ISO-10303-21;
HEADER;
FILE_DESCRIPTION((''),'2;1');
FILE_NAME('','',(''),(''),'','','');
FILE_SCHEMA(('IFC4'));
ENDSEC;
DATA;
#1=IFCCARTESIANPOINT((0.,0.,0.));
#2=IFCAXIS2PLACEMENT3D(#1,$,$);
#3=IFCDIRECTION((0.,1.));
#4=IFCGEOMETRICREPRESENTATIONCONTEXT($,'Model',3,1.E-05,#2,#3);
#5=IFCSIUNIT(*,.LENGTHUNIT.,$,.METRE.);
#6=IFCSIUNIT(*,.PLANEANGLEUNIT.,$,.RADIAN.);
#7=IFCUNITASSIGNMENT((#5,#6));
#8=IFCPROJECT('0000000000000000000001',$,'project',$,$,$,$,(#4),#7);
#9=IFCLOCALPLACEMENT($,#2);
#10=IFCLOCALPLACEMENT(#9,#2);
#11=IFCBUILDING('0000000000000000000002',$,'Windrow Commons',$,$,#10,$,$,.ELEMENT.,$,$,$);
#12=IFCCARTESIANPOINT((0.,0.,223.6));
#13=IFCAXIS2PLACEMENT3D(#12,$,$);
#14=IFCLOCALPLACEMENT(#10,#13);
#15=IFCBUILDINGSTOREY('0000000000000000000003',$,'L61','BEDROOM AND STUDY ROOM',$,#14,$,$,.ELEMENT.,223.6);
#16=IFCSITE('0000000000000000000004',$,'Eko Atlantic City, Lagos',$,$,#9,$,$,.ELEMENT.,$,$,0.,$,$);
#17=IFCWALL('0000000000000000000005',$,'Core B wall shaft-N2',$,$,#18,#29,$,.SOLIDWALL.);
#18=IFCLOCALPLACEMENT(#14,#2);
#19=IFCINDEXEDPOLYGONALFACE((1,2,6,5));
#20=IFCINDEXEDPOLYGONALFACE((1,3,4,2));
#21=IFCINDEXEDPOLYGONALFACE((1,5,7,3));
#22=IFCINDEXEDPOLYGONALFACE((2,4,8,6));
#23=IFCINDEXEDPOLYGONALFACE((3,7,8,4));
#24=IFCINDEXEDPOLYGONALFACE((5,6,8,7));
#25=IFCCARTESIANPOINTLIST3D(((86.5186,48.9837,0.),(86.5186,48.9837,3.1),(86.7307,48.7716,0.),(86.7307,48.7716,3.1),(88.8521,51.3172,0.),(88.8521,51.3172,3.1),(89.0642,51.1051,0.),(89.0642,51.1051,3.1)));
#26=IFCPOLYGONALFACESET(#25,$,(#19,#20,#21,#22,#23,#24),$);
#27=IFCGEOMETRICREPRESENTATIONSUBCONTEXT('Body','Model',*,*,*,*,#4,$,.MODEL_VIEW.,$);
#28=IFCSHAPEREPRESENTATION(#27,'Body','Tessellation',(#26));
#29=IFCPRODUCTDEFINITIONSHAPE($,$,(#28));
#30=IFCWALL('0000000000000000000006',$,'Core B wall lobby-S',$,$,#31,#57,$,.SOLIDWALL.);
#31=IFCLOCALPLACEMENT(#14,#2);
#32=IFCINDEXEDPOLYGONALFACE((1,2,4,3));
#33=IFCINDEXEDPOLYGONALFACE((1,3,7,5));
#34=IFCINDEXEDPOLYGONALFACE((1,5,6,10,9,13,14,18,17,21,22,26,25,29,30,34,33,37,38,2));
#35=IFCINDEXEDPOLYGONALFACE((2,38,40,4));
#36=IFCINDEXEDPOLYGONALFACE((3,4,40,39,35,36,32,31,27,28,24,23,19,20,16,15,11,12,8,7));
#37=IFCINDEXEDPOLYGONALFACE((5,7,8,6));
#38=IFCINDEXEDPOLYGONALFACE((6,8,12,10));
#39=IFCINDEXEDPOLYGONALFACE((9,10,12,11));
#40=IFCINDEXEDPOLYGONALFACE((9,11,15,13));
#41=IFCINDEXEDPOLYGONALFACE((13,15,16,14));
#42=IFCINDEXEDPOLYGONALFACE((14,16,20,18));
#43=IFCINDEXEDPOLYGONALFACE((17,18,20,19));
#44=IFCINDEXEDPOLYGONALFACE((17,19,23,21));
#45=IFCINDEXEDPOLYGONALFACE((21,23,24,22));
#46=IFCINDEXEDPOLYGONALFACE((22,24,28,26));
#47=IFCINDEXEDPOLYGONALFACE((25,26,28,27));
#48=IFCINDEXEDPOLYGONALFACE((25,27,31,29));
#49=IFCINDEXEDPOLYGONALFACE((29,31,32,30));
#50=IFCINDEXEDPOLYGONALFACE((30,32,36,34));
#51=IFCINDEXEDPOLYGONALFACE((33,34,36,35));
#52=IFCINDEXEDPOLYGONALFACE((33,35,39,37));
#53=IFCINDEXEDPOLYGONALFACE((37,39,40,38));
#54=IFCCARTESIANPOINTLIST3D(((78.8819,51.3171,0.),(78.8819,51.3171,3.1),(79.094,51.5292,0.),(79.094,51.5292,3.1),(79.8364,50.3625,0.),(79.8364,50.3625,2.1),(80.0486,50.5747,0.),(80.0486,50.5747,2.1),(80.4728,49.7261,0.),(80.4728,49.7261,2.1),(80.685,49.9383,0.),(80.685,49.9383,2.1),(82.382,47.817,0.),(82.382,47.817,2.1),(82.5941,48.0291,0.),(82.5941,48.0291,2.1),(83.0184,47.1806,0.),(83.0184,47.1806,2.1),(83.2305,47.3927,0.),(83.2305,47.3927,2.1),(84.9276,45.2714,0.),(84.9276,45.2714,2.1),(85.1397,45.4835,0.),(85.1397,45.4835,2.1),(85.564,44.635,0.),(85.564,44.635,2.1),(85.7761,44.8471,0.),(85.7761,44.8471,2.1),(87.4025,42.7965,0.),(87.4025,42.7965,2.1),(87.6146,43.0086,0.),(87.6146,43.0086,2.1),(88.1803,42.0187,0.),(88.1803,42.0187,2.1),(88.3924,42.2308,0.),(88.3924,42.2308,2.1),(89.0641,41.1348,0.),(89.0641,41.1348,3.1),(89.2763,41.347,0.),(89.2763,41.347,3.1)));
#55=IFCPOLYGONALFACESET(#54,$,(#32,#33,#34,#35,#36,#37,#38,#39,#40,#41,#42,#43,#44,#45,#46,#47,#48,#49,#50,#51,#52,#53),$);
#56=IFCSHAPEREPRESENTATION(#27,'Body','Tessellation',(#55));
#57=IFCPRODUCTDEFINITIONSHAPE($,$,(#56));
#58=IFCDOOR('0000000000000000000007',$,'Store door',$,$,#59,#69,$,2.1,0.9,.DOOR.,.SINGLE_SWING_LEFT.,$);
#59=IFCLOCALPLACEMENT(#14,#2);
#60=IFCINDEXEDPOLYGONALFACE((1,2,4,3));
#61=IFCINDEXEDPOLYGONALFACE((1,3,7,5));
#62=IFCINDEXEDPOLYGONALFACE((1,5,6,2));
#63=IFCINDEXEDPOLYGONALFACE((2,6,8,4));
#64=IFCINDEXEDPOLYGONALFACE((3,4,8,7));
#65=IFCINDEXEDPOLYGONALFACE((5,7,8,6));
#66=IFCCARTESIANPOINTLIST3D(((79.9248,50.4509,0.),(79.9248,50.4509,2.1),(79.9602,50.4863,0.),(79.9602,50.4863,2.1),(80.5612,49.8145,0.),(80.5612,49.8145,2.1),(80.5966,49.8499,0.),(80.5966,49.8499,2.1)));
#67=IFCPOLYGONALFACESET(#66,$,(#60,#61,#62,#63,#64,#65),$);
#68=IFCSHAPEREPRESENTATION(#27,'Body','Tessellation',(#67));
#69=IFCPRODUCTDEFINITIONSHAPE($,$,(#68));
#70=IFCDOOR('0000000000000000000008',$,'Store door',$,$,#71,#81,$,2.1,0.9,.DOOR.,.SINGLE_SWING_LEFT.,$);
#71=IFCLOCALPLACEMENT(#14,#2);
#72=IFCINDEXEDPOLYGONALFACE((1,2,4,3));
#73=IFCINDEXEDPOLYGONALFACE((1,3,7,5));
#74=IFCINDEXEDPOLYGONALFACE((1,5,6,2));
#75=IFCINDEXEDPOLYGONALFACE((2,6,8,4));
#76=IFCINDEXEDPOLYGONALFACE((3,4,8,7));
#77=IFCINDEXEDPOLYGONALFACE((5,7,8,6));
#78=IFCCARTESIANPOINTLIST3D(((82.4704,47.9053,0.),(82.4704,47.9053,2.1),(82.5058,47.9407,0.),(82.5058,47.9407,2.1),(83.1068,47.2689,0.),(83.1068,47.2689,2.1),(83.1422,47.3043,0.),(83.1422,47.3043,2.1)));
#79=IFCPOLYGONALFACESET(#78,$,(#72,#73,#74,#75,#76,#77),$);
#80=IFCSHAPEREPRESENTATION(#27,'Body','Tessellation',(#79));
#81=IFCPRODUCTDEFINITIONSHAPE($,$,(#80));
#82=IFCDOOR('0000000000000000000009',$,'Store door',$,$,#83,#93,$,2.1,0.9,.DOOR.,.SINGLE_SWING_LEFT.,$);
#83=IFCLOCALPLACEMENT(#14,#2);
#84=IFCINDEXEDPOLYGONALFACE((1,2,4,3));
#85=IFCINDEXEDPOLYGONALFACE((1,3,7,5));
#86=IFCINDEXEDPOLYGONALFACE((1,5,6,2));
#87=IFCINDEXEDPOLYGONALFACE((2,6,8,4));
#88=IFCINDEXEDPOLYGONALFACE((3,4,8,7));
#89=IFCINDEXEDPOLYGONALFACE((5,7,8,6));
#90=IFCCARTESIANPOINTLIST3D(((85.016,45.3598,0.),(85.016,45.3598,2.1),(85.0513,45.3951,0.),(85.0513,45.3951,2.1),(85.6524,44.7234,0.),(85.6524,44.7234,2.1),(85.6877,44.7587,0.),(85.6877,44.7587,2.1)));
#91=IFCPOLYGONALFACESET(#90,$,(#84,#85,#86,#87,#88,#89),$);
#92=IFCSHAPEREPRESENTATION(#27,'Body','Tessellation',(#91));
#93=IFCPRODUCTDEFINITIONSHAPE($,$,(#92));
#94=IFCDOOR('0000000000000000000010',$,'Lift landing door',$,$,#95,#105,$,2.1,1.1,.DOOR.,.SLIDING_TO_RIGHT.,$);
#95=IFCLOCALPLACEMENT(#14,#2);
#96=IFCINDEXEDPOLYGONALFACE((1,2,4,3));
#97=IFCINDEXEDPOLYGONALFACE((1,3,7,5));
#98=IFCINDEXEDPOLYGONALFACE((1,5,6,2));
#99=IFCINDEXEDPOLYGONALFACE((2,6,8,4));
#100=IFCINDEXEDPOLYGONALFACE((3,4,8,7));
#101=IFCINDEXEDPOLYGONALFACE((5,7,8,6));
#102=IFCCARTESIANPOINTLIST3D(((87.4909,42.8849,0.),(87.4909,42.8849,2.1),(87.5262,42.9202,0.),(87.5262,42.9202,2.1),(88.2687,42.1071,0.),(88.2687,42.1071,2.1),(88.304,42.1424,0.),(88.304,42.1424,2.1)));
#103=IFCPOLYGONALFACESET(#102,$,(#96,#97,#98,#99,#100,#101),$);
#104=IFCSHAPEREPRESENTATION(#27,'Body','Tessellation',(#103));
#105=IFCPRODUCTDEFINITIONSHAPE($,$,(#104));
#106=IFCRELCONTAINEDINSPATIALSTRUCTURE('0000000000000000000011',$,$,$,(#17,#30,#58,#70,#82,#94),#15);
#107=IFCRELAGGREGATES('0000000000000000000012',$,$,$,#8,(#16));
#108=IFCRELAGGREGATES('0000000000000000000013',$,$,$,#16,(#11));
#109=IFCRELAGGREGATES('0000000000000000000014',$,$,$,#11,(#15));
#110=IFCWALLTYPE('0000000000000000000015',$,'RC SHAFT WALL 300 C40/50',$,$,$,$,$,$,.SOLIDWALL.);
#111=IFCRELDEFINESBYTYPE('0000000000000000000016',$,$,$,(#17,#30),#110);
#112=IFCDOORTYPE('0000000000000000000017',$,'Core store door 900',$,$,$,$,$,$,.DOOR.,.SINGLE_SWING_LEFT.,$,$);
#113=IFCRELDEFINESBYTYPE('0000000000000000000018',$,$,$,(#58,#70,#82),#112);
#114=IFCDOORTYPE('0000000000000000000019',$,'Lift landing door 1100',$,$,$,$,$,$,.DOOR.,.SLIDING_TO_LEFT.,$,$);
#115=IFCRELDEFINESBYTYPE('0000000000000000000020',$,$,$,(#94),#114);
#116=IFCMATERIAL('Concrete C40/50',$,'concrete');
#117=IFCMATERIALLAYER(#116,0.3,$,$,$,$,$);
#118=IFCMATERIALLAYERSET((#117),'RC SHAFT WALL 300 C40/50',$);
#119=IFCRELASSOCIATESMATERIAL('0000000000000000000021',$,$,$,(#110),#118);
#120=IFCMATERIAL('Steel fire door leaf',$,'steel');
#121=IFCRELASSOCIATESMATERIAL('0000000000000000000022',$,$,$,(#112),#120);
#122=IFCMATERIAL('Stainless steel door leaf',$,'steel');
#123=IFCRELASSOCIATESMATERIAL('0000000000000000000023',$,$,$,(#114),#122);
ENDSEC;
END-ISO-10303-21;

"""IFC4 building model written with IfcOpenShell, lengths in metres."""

from ifc_helpers import new_model, si_unit, direction, frame, frame_2d, origin, place, context, subcontext, project, spatial, rectangle, extrude, material, layer, layer_set, type_object, element, fill, save


model = new_model("IFC4")

# Units and contexts
model_context = context("Model", 3, precision=1e-05, world=origin(), true_north=direction((0.0, 1.0)))
body_context = subcontext(model_context, "Body", "Model", "MODEL_VIEW")
ifc_project = project(units=[si_unit("LENGTHUNIT", "METRE"), si_unit("PLANEANGLEUNIT", "RADIAN")], contexts=[model_context])

# Site, building, storey
site_placement = place(None, origin())
site = spatial("IfcSite", under=ifc_project, at=site_placement, Name="Eko Atlantic City, Lagos", CompositionType="ELEMENT", RefElevation=0.0)
building_placement = place(site_placement, origin())
building = spatial("IfcBuilding", under=site, at=building_placement, Name="Windrow Commons", CompositionType="ELEMENT")
storey_placement = place(building_placement, frame((0.0, 0.0, 223.6)))
storey = spatial("IfcBuildingStorey", under=building, at=storey_placement, Name="L61", Description="BEDROOM AND STUDY ROOM", CompositionType="ELEMENT", Elevation=223.6)

# Wall
ifc_material_1 = material(Name="Concrete C40/50", Category="concrete")
ifc_layer_1 = layer(ifc_material_1, 0.3)
ifc_layer_set_1 = layer_set([ifc_layer_1], Name="RC SHAFT WALL 300 C40/50")
wall_type_1 = type_object("IfcWallType", Name="RC SHAFT WALL 300 C40/50", PredefinedType="SOLIDWALL", material=ifc_layer_set_1)
wall_1_placement = place(storey_placement, frame((86.6246, 48.8776, 0.0), z_axis=(0.0, 0.0, 1.0), x_axis=(0.707107, 0.707107, 0.0)))
element("IfcWall", 1, at=wall_1_placement, inside=storey, type_object=wall_type_1, Name="Core B wall shaft-N2", PredefinedType="SOLIDWALL", context=body_context, shape_type="SweptSolid", body=[
    extrude(rectangle(XDim=3.3001, YDim=0.3, at=frame_2d((1.6501, 0.0))), origin(), (0.0, 0.0, 1.0), 3.1),
])

# Wall, openings, doors
wall_2_placement = place(storey_placement, frame((78.9879, 51.4232, 0.0), z_axis=(0.0, 0.0, 1.0), x_axis=(0.707107, -0.707107, 0.0)))
wall_2 = element("IfcWall", 2, at=wall_2_placement, inside=storey, type_object=wall_type_1, Name="Core B wall lobby-S", PredefinedType="SOLIDWALL", context=body_context, shape_type="SweptSolid", body=[
    extrude(rectangle(XDim=14.3999, YDim=0.3, at=frame_2d((7.2, 0.0))), origin(), (0.0, 0.0, 1.0), 3.1),
])
opening_1_placement = place(wall_2_placement, frame((1.35, 0.0, 0.0)))
opening_1 = element("IfcOpeningElement", 3, at=opening_1_placement, cuts=wall_2, PredefinedType="OPENING", context=body_context, shape_type="SweptSolid", body=[
    extrude(rectangle(XDim=0.9, YDim=2.1, at=frame_2d((0.45, 1.05))), frame((0.0, 0.16, 0.0), z_axis=(0.0, -1.0, 0.0), x_axis=(1.0, 0.0, 0.0)), (0.0, 0.0, 1.0), 0.32),
])
opening_2_placement = place(wall_2_placement, frame((4.95, 0.0, 0.0)))
opening_2 = element("IfcOpeningElement", 4, at=opening_2_placement, cuts=wall_2, PredefinedType="OPENING", context=body_context, shape_type="SweptSolid", body=[
    extrude(rectangle(XDim=0.9, YDim=2.1, at=frame_2d((0.45, 1.05))), frame((0.0, 0.16, 0.0), z_axis=(0.0, -1.0, 0.0), x_axis=(1.0, 0.0, 0.0)), (0.0, 0.0, 1.0), 0.32),
])
opening_3_placement = place(wall_2_placement, frame((8.55, 0.0, 0.0)))
opening_3 = element("IfcOpeningElement", 5, at=opening_3_placement, cuts=wall_2, PredefinedType="OPENING", context=body_context, shape_type="SweptSolid", body=[
    extrude(rectangle(XDim=0.9, YDim=2.1, at=frame_2d((0.45, 1.05))), frame((0.0, 0.16, 0.0), z_axis=(0.0, -1.0, 0.0), x_axis=(1.0, 0.0, 0.0)), (0.0, 0.0, 1.0), 0.32),
])
opening_4_placement = place(wall_2_placement, frame((12.05, 0.0, 0.0)))
opening_4 = element("IfcOpeningElement", 6, at=opening_4_placement, cuts=wall_2, PredefinedType="OPENING", context=body_context, shape_type="SweptSolid", body=[
    extrude(rectangle(XDim=1.1, YDim=2.1, at=frame_2d((0.55, 1.05))), frame((0.0, 0.16, 0.0), z_axis=(0.0, -1.0, 0.0), x_axis=(1.0, 0.0, 0.0)), (0.0, 0.0, 1.0), 0.32),
])
ifc_material_2 = material(Name="Steel fire door leaf", Category="steel")
door_type_1 = type_object("IfcDoorType", Name="Core store door 900", OperationType="SINGLE_SWING_LEFT", PredefinedType="DOOR", material=ifc_material_2)
door_1_placement = place(opening_1_placement, origin())
door_1 = element("IfcDoor", 7, at=door_1_placement, inside=storey, type_object=door_type_1, Name="Store door", OperationType="SINGLE_SWING_LEFT", OverallHeight=2.1, OverallWidth=0.9, PredefinedType="DOOR", context=body_context, shape_type="SweptSolid", body=[
    extrude(rectangle(XDim=0.9, YDim=2.1, at=frame_2d((0.45, 1.05))), frame((0.0, 0.025, 0.0), z_axis=(0.0, -1.0, 0.0), x_axis=(1.0, 0.0, 0.0)), (0.0, 0.0, 1.0), 0.05),
])
fill(opening_1, door_1)
door_2_placement = place(opening_2_placement, origin())
door_2 = element("IfcDoor", 8, at=door_2_placement, inside=storey, type_object=door_type_1, Name="Store door", OperationType="SINGLE_SWING_LEFT", OverallHeight=2.1, OverallWidth=0.9, PredefinedType="DOOR", context=body_context, shape_type="SweptSolid", body=[
    extrude(rectangle(XDim=0.9, YDim=2.1, at=frame_2d((0.45, 1.05))), frame((0.0, 0.025, 0.0), z_axis=(0.0, -1.0, 0.0), x_axis=(1.0, 0.0, 0.0)), (0.0, 0.0, 1.0), 0.05),
])
fill(opening_2, door_2)
door_3_placement = place(opening_3_placement, origin())
door_3 = element("IfcDoor", 9, at=door_3_placement, inside=storey, type_object=door_type_1, Name="Store door", OperationType="SINGLE_SWING_LEFT", OverallHeight=2.1, OverallWidth=0.9, PredefinedType="DOOR", context=body_context, shape_type="SweptSolid", body=[
    extrude(rectangle(XDim=0.9, YDim=2.1, at=frame_2d((0.45, 1.05))), frame((0.0, 0.025, 0.0), z_axis=(0.0, -1.0, 0.0), x_axis=(1.0, 0.0, 0.0)), (0.0, 0.0, 1.0), 0.05),
])
fill(opening_3, door_3)
ifc_material_3 = material(Name="Stainless steel door leaf", Category="steel")
door_type_2 = type_object("IfcDoorType", Name="Lift landing door 1100", OperationType="SLIDING_TO_LEFT", PredefinedType="DOOR", material=ifc_material_3)
door_4_placement = place(opening_4_placement, origin())
door_4 = element("IfcDoor", 10, at=door_4_placement, inside=storey, type_object=door_type_2, Name="Lift landing door", OperationType="SLIDING_TO_RIGHT", OverallHeight=2.1, OverallWidth=1.1, PredefinedType="DOOR", context=body_context, shape_type="SweptSolid", body=[
    extrude(rectangle(XDim=1.1, YDim=2.1, at=frame_2d((0.55, 1.05))), frame((0.0, 0.025, 0.0), z_axis=(0.0, -1.0, 0.0), x_axis=(1.0, 0.0, 0.0)), (0.0, 0.0, 1.0), 0.05),
])
fill(opening_4, door_4)

save(model, "model.ifc")
